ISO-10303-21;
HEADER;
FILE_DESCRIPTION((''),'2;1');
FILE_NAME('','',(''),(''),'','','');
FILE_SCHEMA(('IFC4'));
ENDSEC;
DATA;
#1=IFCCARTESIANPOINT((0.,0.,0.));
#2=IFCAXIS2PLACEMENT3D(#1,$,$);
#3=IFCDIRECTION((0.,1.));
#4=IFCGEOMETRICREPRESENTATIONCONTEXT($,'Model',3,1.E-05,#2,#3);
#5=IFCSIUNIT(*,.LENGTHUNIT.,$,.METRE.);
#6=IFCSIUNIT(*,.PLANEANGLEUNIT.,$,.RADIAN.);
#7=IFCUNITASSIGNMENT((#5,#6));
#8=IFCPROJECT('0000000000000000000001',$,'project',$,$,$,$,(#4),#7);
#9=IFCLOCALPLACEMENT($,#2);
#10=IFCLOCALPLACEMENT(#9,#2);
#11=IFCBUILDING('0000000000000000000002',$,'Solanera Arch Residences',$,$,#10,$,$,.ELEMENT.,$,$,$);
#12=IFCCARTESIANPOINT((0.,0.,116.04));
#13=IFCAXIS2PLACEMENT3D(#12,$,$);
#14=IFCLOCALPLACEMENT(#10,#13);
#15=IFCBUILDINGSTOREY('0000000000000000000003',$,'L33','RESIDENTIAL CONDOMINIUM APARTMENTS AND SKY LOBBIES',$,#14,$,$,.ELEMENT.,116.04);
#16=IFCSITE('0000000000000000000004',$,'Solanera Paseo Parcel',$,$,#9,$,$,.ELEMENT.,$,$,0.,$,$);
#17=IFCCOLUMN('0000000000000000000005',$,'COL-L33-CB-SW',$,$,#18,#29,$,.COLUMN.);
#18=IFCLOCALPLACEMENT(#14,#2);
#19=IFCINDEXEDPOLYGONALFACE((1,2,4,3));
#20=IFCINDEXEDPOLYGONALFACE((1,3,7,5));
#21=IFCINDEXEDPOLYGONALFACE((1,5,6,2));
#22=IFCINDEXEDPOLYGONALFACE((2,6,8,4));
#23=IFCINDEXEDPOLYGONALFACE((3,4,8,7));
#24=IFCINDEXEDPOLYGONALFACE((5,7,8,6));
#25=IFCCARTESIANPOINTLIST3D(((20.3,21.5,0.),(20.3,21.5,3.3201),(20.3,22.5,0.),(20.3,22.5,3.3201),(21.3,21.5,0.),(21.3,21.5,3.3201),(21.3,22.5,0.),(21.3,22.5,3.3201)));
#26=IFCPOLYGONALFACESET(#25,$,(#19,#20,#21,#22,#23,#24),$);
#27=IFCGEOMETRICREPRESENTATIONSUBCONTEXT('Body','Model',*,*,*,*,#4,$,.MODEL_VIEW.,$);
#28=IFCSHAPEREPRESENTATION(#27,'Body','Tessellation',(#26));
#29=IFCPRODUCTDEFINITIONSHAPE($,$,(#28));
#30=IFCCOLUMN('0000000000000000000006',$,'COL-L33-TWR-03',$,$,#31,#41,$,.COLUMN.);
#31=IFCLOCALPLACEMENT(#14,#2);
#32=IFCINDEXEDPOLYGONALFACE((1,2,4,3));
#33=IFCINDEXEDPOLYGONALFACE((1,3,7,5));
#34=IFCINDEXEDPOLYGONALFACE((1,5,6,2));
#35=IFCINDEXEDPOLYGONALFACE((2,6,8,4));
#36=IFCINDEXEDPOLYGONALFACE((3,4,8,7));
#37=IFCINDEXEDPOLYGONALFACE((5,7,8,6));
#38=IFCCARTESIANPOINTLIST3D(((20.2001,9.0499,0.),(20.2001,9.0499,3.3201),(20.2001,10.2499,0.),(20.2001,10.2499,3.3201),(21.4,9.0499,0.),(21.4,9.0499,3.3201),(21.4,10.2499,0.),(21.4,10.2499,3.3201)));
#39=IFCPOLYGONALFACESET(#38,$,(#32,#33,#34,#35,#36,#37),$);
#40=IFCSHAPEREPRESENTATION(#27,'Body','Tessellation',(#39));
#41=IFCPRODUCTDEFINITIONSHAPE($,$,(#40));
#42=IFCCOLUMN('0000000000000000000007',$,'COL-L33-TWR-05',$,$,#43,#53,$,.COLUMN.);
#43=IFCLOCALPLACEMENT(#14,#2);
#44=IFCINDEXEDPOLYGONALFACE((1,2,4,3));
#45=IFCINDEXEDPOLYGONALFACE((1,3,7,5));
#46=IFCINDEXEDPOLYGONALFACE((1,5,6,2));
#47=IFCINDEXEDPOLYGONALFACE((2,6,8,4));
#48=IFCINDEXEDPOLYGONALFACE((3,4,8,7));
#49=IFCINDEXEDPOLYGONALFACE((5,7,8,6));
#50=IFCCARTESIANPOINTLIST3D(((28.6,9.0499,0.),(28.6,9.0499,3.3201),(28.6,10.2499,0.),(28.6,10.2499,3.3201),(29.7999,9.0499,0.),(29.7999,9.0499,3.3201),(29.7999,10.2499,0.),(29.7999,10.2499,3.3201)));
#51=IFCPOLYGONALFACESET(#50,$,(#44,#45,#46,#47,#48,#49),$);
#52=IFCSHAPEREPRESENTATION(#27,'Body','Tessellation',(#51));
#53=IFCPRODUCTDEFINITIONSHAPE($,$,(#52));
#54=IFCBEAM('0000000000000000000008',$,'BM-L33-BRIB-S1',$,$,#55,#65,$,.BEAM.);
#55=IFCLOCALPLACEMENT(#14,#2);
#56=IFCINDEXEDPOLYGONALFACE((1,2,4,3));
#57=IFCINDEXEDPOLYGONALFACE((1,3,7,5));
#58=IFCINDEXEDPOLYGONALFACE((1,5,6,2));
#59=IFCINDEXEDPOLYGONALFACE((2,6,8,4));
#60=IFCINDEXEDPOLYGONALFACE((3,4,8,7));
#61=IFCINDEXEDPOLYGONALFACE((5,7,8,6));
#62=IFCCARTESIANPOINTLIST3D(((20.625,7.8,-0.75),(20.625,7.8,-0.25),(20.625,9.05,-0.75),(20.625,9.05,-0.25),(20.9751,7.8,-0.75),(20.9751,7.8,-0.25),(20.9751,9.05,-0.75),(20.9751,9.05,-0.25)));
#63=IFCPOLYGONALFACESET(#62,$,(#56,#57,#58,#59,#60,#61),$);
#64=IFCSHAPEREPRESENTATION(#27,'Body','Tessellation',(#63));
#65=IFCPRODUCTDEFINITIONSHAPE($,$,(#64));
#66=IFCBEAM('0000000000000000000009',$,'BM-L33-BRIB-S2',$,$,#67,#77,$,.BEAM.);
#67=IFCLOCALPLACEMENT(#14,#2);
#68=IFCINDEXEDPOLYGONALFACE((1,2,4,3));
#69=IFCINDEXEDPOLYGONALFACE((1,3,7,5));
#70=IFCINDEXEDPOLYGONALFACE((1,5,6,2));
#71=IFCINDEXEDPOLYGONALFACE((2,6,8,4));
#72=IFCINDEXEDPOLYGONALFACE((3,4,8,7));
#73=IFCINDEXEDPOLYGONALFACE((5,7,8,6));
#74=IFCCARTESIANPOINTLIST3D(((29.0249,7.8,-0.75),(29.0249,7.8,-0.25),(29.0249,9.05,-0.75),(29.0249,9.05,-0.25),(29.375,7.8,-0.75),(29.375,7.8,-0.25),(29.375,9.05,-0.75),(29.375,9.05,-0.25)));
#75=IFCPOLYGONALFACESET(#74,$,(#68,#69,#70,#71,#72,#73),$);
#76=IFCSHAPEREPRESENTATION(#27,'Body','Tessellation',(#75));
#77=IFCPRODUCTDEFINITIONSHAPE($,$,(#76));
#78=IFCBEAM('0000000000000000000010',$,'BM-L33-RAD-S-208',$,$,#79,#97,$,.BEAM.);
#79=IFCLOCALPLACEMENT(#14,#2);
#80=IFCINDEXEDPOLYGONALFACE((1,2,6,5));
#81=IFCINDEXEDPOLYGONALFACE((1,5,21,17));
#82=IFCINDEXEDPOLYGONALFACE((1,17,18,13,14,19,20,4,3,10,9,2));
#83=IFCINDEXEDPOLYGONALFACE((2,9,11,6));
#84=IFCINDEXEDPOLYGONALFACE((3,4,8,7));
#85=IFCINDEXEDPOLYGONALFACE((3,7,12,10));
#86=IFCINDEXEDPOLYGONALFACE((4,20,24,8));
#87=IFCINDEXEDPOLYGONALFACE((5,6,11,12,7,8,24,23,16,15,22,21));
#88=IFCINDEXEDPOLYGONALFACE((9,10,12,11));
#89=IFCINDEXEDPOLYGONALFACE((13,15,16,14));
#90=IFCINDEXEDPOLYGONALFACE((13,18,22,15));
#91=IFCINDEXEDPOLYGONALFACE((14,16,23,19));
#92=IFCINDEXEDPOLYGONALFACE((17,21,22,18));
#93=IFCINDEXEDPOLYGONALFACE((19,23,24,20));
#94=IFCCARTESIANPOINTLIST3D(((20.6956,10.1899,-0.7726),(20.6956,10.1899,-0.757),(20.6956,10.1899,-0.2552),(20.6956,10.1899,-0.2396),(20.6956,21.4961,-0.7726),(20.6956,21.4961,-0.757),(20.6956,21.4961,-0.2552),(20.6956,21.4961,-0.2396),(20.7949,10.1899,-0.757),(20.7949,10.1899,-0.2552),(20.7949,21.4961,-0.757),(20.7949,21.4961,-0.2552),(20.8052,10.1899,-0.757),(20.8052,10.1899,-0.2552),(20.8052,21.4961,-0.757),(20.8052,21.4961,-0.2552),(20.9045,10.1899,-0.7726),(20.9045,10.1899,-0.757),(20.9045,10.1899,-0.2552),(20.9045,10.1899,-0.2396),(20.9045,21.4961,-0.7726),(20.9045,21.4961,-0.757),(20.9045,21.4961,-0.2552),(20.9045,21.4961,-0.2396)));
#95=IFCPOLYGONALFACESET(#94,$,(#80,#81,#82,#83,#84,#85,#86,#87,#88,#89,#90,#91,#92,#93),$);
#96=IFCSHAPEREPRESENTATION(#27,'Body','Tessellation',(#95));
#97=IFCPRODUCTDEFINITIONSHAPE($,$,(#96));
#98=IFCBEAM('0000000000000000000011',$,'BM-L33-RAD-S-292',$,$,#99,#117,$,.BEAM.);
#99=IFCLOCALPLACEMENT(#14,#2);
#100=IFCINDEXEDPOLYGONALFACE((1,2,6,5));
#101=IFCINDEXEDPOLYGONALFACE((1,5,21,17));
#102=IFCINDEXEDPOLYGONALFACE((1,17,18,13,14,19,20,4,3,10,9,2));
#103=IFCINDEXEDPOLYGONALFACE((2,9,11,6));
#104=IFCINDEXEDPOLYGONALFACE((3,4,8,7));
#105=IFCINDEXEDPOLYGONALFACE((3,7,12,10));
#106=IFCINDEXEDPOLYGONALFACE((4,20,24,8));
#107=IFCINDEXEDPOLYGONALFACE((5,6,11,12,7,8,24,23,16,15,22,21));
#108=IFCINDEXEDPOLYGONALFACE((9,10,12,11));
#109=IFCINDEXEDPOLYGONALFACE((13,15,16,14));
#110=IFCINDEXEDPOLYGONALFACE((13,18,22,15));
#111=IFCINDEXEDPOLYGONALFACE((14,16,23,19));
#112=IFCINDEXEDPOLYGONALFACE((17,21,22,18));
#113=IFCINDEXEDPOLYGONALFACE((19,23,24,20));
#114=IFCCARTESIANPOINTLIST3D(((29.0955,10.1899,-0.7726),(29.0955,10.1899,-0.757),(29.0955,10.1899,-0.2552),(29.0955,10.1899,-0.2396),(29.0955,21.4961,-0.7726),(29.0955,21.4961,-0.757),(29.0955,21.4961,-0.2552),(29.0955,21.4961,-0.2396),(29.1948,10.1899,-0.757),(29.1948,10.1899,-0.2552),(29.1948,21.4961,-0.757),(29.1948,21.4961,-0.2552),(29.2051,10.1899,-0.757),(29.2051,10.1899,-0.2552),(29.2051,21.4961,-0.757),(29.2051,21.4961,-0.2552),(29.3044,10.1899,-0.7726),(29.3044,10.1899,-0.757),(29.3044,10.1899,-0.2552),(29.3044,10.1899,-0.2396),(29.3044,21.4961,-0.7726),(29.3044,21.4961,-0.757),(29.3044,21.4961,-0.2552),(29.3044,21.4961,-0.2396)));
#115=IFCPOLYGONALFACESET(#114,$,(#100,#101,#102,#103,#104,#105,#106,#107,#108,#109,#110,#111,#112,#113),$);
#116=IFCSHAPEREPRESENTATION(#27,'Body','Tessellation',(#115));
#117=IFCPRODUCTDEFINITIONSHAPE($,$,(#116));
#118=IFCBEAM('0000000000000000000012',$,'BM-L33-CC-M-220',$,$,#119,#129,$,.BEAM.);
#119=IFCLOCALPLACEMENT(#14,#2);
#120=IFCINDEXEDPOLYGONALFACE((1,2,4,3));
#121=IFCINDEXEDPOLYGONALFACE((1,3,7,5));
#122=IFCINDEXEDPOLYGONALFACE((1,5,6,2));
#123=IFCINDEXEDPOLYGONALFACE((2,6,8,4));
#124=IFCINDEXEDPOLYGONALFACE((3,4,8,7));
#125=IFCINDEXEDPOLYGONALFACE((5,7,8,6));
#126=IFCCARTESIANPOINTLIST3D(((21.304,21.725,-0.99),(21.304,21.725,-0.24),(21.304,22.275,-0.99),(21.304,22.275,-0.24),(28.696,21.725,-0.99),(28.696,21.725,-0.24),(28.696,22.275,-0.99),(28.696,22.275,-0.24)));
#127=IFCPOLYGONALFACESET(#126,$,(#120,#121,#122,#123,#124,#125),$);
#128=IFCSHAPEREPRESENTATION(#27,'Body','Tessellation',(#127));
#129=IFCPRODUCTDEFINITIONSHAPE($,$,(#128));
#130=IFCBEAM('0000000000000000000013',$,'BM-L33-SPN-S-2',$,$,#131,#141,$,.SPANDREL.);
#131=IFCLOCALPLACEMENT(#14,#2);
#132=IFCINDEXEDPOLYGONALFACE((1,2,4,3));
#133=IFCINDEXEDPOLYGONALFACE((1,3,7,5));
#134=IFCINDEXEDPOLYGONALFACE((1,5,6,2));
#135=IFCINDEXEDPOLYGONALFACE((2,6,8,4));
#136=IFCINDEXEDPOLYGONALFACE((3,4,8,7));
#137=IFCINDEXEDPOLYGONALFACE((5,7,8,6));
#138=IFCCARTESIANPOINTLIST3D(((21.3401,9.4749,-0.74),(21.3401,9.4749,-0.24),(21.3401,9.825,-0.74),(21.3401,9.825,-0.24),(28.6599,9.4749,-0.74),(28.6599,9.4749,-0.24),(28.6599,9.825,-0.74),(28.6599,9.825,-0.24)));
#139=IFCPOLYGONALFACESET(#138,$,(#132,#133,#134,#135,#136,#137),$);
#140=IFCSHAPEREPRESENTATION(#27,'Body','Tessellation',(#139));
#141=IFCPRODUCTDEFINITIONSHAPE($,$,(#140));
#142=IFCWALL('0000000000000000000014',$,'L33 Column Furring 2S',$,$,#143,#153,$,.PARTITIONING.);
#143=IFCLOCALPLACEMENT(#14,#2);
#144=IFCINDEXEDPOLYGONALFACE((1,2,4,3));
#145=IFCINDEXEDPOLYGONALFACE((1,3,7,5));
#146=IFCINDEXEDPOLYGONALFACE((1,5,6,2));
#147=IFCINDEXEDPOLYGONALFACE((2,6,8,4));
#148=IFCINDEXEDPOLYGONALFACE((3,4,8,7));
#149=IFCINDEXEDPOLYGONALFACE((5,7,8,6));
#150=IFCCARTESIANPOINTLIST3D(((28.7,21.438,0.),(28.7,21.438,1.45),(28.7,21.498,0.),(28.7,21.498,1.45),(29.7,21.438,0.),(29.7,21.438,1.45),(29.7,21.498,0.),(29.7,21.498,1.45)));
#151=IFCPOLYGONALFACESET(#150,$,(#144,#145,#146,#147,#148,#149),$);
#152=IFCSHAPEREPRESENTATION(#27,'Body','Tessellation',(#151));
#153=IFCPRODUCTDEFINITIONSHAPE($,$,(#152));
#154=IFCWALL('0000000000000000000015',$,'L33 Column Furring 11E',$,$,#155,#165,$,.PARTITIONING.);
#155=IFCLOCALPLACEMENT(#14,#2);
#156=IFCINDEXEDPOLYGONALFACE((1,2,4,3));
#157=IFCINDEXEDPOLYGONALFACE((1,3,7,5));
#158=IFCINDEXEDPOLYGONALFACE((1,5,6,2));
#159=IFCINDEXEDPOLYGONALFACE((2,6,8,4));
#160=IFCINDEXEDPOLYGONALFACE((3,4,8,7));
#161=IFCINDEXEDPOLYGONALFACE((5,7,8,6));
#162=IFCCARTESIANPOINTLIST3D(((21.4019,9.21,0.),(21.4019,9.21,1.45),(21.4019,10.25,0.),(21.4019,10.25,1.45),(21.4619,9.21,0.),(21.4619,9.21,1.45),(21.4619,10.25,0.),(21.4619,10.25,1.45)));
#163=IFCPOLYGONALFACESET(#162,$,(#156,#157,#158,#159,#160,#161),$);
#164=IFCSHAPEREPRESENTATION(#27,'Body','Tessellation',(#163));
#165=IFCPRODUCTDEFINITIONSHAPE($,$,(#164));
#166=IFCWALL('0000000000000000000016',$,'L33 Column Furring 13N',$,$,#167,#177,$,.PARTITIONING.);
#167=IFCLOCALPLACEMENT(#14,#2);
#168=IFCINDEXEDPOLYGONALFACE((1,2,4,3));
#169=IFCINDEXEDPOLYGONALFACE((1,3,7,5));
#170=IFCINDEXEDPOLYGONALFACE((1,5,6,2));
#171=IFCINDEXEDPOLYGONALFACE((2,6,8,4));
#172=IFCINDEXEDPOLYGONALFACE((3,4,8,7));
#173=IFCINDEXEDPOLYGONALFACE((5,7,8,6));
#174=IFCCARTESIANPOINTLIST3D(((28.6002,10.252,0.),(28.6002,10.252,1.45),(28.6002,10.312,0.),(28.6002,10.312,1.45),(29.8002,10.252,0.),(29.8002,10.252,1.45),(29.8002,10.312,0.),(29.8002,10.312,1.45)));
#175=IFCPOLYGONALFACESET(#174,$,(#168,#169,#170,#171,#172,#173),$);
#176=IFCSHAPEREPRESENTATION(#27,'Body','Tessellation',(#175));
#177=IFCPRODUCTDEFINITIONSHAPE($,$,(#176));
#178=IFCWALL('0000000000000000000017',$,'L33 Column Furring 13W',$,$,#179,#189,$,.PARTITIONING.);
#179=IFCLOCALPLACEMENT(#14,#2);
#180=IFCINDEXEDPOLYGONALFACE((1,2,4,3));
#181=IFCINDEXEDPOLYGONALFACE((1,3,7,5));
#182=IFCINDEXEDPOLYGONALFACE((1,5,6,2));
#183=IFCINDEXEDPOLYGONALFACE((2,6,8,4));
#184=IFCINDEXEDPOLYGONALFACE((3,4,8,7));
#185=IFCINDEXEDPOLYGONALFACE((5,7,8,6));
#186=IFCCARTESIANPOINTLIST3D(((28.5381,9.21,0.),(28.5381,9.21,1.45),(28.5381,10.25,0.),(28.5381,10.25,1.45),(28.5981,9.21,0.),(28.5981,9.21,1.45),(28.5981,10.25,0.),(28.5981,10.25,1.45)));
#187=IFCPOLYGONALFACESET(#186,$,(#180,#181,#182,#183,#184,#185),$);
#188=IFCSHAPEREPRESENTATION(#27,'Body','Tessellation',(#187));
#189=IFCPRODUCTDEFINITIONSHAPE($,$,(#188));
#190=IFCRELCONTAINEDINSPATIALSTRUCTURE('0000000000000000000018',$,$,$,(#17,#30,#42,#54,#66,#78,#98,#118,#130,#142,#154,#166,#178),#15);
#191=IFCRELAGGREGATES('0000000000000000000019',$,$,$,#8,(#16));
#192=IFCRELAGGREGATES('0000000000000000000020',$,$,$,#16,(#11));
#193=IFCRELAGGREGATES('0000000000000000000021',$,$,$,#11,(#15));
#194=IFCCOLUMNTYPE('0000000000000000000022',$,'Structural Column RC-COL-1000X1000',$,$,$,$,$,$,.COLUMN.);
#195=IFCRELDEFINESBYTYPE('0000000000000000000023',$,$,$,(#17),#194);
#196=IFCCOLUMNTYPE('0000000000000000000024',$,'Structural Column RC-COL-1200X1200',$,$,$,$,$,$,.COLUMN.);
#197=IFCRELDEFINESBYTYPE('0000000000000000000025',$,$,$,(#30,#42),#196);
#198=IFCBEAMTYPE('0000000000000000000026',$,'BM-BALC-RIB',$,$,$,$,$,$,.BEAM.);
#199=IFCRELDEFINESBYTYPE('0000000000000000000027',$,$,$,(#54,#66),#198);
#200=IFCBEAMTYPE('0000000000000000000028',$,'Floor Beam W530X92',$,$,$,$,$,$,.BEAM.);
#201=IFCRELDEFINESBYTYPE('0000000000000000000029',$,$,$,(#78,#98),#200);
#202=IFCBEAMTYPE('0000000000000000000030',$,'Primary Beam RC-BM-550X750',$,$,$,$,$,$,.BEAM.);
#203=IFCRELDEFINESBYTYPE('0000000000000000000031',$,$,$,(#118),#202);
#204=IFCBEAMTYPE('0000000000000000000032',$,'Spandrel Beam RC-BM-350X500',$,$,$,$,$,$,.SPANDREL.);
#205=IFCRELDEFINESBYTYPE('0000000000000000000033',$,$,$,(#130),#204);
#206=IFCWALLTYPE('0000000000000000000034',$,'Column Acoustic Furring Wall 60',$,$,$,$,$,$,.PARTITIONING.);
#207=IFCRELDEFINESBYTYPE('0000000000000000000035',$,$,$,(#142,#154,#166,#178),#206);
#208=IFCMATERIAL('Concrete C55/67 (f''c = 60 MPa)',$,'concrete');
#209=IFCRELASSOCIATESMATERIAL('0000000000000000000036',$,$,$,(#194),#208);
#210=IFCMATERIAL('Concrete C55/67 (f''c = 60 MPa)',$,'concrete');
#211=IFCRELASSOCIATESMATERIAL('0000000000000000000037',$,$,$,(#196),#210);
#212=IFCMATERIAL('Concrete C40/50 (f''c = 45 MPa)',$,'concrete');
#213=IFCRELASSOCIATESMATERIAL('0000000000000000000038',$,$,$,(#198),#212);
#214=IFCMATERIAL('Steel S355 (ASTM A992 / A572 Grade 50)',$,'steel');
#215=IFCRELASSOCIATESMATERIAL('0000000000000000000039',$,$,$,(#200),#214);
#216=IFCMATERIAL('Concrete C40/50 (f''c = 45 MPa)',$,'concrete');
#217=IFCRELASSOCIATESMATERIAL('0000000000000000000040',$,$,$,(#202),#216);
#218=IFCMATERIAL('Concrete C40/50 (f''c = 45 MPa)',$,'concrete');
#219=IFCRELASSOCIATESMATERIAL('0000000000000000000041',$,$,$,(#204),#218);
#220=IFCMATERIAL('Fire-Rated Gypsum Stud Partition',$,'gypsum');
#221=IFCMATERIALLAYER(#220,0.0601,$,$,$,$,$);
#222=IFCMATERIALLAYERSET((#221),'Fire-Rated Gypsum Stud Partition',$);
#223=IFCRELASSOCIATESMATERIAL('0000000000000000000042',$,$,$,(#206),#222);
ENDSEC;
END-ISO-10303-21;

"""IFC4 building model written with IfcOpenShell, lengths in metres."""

from ifc_helpers import new_model, si_unit, direction, frame, frame_2d, origin, origin_2d, place, context, subcontext, project, spatial, rectangle, i_section, extrude, material, layer, layer_set, material_profile, profile_set, type_object, element, save


model = new_model("IFC4")

# Units and contexts
model_context = context("Model", 3, precision=1e-05, world=origin(), true_north=direction((0.0, 1.0)))
body_context = subcontext(model_context, "Body", "Model", "MODEL_VIEW")
ifc_project = project(units=[si_unit("LENGTHUNIT", "METRE"), si_unit("PLANEANGLEUNIT", "RADIAN")], contexts=[model_context])

# Site, building, storey
site_placement = place(None, origin())
site = spatial("IfcSite", under=ifc_project, at=site_placement, Name="Solanera Paseo Parcel", CompositionType="ELEMENT", RefElevation=0.0)
building_placement = place(site_placement, origin())
building = spatial("IfcBuilding", under=site, at=building_placement, Name="Solanera Arch Residences", CompositionType="ELEMENT")
storey_placement = place(building_placement, frame((0.0, 0.0, 116.04)))
storey = spatial("IfcBuildingStorey", under=building, at=storey_placement, Name="L33", Description="RESIDENTIAL CONDOMINIUM APARTMENTS AND SKY LOBBIES", CompositionType="ELEMENT", Elevation=116.04)

# Columns
ifc_material_1 = material(Name="Concrete C55/67 (f'c = 60 MPa)", Category="concrete")
ifc_material_profile_1 = material_profile(ifc_material_1, rectangle(XDim=1.0, YDim=1.0, at=origin_2d()))
ifc_profile_set_1 = profile_set([ifc_material_profile_1], Name="Concrete C55/67 (f'c = 60 MPa)")
column_type_1 = type_object("IfcColumnType", Name="Structural Column RC-COL-1000X1000", PredefinedType="COLUMN", material=ifc_profile_set_1)
column_placement = place(storey_placement, frame((20.8, 22.0, 0.0), z_axis=(0.0, 0.0, 1.0), x_axis=(1.0, 0.0, 0.0)))
element("IfcColumn", 1, at=column_placement, inside=storey, type_object=column_type_1, Name="COL-L33-CB-SW", PredefinedType="COLUMN", context=body_context, shape_type="SweptSolid", body=[
    extrude(rectangle(XDim=1.0, YDim=1.0, at=origin_2d()), origin(), (0.0, 0.0, 1.0), 3.3201),
])
ifc_material_2 = material(Name="Concrete C55/67 (f'c = 60 MPa)", Category="concrete")
ifc_material_profile_2 = material_profile(ifc_material_2, rectangle(XDim=1.2, YDim=1.2, at=origin_2d()))
ifc_profile_set_2 = profile_set([ifc_material_profile_2], Name="Concrete C55/67 (f'c = 60 MPa)")
column_type_2 = type_object("IfcColumnType", Name="Structural Column RC-COL-1200X1200", PredefinedType="COLUMN", material=ifc_profile_set_2)
for number, where, z_axis, x_axis, name in (
    (2, (20.8, 9.6499, 0.0), (0.0, 0.0, 1.0), (1.0, 0.0, 0.0), "COL-L33-TWR-03"),
    (3, (29.2, 9.6499, 0.0), (0.0, 0.0, 1.0), (1.0, 0.0, 0.0), "COL-L33-TWR-05"),
):
    element("IfcColumn", number, at=place(storey_placement, frame(where, z_axis=z_axis, x_axis=x_axis)), inside=storey, type_object=column_type_2, Name=name, PredefinedType="COLUMN", context=body_context, shape_type="SweptSolid", body=[
        extrude(rectangle(XDim=1.2, YDim=1.2, at=origin_2d()), origin(), (0.0, 0.0, 1.0), 3.3201),
    ])

# Beams
ifc_material_3 = material(Name="Concrete C40/50 (f'c = 45 MPa)", Category="concrete")
ifc_material_profile_3 = material_profile(ifc_material_3, rectangle(XDim=0.3501, YDim=0.5, at=origin_2d()))
ifc_profile_set_3 = profile_set([ifc_material_profile_3], Name="Concrete C40/50 (f'c = 45 MPa)")
beam_type_1 = type_object("IfcBeamType", Name="BM-BALC-RIB", PredefinedType="BEAM", material=ifc_profile_set_3)
for number, where, z_axis, x_axis, name in (
    (4, (20.8, 7.8, -0.5), (0.0, 1.0, 0.0), (-1.0, 0.0, 0.0), "BM-L33-BRIB-S1"),
    (5, (29.2, 7.8, -0.5), (0.0, 1.0, 0.0), (-1.0, 0.0, 0.0), "BM-L33-BRIB-S2"),
):
    element("IfcBeam", number, at=place(storey_placement, frame(where, z_axis=z_axis, x_axis=x_axis)), inside=storey, type_object=beam_type_1, Name=name, PredefinedType="BEAM", context=body_context, shape_type="SweptSolid", body=[
        extrude(rectangle(XDim=0.3501, YDim=0.5, at=origin_2d()), origin(), (0.0, 0.0, 1.0), 1.25),
    ])
ifc_material_4 = material(Name="Steel S355 (ASTM A992 / A572 Grade 50)", Category="steel")
ifc_material_profile_4 = material_profile(ifc_material_4, i_section(OverallWidth=0.209, OverallDepth=0.533, WebThickness=0.0103, FlangeThickness=0.0156, at=origin_2d()))
ifc_profile_set_4 = profile_set([ifc_material_profile_4], Name="Steel S355 (ASTM A992 / A572 Grade 50)")
beam_type_2 = type_object("IfcBeamType", Name="Floor Beam W530X92", PredefinedType="BEAM", material=ifc_profile_set_4)
for number, where, z_axis, x_axis, name in (
    (6, (20.8, 10.1899, -0.5061), (0.0, 1.0, 0.0), (-1.0, 0.0, 0.0), "BM-L33-RAD-S-208"),
    (7, (29.2, 10.1899, -0.5061), (0.0, 1.0, 0.0), (-1.0, 0.0, 0.0), "BM-L33-RAD-S-292"),
):
    element("IfcBeam", number, at=place(storey_placement, frame(where, z_axis=z_axis, x_axis=x_axis)), inside=storey, type_object=beam_type_2, Name=name, PredefinedType="BEAM", context=body_context, shape_type="SweptSolid", body=[
        extrude(i_section(OverallWidth=0.209, OverallDepth=0.533, WebThickness=0.0103, FlangeThickness=0.0156, at=origin_2d()), origin(), (0.0, 0.0, 1.0), 11.3062),
    ])
ifc_material_5 = material(Name="Concrete C40/50 (f'c = 45 MPa)", Category="concrete")
ifc_material_profile_5 = material_profile(ifc_material_5, rectangle(XDim=0.55, YDim=0.75, at=origin_2d()))
ifc_profile_set_5 = profile_set([ifc_material_profile_5], Name="Concrete C40/50 (f'c = 45 MPa)")
beam_type_3 = type_object("IfcBeamType", Name="Primary Beam RC-BM-550X750", PredefinedType="BEAM", material=ifc_profile_set_5)
beam_1_placement = place(storey_placement, frame((21.304, 22.0, -0.615), z_axis=(1.0, 0.0, 0.0), x_axis=(0.0, 1.0, 0.0)))
element("IfcBeam", 8, at=beam_1_placement, inside=storey, type_object=beam_type_3, Name="BM-L33-CC-M-220", PredefinedType="BEAM", context=body_context, shape_type="SweptSolid", body=[
    extrude(rectangle(XDim=0.55, YDim=0.75, at=origin_2d()), origin(), (0.0, 0.0, 1.0), 7.3921),
])
ifc_material_6 = material(Name="Concrete C40/50 (f'c = 45 MPa)", Category="concrete")
ifc_material_profile_6 = material_profile(ifc_material_6, rectangle(XDim=0.3501, YDim=0.5, at=origin_2d()))
ifc_profile_set_6 = profile_set([ifc_material_profile_6], Name="Concrete C40/50 (f'c = 45 MPa)")
beam_type_4 = type_object("IfcBeamType", Name="Spandrel Beam RC-BM-350X500", PredefinedType="SPANDREL", material=ifc_profile_set_6)
beam_2_placement = place(storey_placement, frame((21.3401, 9.6499, -0.49), z_axis=(1.0, 0.0, 0.0), x_axis=(0.0, 1.0, 0.0)))
element("IfcBeam", 9, at=beam_2_placement, inside=storey, type_object=beam_type_4, Name="BM-L33-SPN-S-2", PredefinedType="SPANDREL", context=body_context, shape_type="SweptSolid", body=[
    extrude(rectangle(XDim=0.3501, YDim=0.5, at=origin_2d()), origin(), (0.0, 0.0, 1.0), 7.3198),
])

# Walls
ifc_material_7 = material(Name="Fire-Rated Gypsum Stud Partition", Category="gypsum")
ifc_layer_1 = layer(ifc_material_7, 0.0601)
ifc_layer_set_1 = layer_set([ifc_layer_1], Name="Fire-Rated Gypsum Stud Partition")
wall_type_1 = type_object("IfcWallType", Name="Column Acoustic Furring Wall 60", PredefinedType="PARTITIONING", material=ifc_layer_set_1)
wall_1_placement = place(storey_placement, frame((28.7, 21.468, 0.0), z_axis=(0.0, 0.0, 1.0), x_axis=(1.0, 0.0, 0.0)))
element("IfcWall", 10, at=wall_1_placement, inside=storey, type_object=wall_type_1, Name="L33 Column Furring 2S", PredefinedType="PARTITIONING", context=body_context, shape_type="SweptSolid", body=[
    extrude(rectangle(XDim=1.0, YDim=0.0601, at=frame_2d((0.5, 0.0))), origin(), (0.0, 0.0, 1.0), 1.45),
])
wall_2_placement = place(storey_placement, frame((21.4319, 9.21, 0.0), z_axis=(0.0, 0.0, 1.0), x_axis=(0.0, 1.0, 0.0)))
element("IfcWall", 11, at=wall_2_placement, inside=storey, type_object=wall_type_1, Name="L33 Column Furring 11E", PredefinedType="PARTITIONING", context=body_context, shape_type="SweptSolid", body=[
    extrude(rectangle(XDim=1.04, YDim=0.0601, at=frame_2d((0.52, 0.0))), origin(), (0.0, 0.0, 1.0), 1.45),
])
wall_3_placement = place(storey_placement, frame((28.6001, 10.282, 0.0), z_axis=(0.0, 0.0, 1.0), x_axis=(1.0, 0.0, 0.0)))
element("IfcWall", 12, at=wall_3_placement, inside=storey, type_object=wall_type_1, Name="L33 Column Furring 13N", PredefinedType="PARTITIONING", context=body_context, shape_type="SweptSolid", body=[
    extrude(rectangle(XDim=1.2, YDim=0.0601, at=frame_2d((0.6001, 0.0))), origin(), (0.0, 0.0, 1.0), 1.45),
])
wall_4_placement = place(storey_placement, frame((28.5681, 9.21, 0.0), z_axis=(0.0, 0.0, 1.0), x_axis=(0.0, 1.0, 0.0)))
element("IfcWall", 13, at=wall_4_placement, inside=storey, type_object=wall_type_1, Name="L33 Column Furring 13W", PredefinedType="PARTITIONING", context=body_context, shape_type="SweptSolid", body=[
    extrude(rectangle(XDim=1.04, YDim=0.0601, at=frame_2d((0.52, 0.0))), origin(), (0.0, 0.0, 1.0), 1.45),
])

save(model, "model.ifc")
